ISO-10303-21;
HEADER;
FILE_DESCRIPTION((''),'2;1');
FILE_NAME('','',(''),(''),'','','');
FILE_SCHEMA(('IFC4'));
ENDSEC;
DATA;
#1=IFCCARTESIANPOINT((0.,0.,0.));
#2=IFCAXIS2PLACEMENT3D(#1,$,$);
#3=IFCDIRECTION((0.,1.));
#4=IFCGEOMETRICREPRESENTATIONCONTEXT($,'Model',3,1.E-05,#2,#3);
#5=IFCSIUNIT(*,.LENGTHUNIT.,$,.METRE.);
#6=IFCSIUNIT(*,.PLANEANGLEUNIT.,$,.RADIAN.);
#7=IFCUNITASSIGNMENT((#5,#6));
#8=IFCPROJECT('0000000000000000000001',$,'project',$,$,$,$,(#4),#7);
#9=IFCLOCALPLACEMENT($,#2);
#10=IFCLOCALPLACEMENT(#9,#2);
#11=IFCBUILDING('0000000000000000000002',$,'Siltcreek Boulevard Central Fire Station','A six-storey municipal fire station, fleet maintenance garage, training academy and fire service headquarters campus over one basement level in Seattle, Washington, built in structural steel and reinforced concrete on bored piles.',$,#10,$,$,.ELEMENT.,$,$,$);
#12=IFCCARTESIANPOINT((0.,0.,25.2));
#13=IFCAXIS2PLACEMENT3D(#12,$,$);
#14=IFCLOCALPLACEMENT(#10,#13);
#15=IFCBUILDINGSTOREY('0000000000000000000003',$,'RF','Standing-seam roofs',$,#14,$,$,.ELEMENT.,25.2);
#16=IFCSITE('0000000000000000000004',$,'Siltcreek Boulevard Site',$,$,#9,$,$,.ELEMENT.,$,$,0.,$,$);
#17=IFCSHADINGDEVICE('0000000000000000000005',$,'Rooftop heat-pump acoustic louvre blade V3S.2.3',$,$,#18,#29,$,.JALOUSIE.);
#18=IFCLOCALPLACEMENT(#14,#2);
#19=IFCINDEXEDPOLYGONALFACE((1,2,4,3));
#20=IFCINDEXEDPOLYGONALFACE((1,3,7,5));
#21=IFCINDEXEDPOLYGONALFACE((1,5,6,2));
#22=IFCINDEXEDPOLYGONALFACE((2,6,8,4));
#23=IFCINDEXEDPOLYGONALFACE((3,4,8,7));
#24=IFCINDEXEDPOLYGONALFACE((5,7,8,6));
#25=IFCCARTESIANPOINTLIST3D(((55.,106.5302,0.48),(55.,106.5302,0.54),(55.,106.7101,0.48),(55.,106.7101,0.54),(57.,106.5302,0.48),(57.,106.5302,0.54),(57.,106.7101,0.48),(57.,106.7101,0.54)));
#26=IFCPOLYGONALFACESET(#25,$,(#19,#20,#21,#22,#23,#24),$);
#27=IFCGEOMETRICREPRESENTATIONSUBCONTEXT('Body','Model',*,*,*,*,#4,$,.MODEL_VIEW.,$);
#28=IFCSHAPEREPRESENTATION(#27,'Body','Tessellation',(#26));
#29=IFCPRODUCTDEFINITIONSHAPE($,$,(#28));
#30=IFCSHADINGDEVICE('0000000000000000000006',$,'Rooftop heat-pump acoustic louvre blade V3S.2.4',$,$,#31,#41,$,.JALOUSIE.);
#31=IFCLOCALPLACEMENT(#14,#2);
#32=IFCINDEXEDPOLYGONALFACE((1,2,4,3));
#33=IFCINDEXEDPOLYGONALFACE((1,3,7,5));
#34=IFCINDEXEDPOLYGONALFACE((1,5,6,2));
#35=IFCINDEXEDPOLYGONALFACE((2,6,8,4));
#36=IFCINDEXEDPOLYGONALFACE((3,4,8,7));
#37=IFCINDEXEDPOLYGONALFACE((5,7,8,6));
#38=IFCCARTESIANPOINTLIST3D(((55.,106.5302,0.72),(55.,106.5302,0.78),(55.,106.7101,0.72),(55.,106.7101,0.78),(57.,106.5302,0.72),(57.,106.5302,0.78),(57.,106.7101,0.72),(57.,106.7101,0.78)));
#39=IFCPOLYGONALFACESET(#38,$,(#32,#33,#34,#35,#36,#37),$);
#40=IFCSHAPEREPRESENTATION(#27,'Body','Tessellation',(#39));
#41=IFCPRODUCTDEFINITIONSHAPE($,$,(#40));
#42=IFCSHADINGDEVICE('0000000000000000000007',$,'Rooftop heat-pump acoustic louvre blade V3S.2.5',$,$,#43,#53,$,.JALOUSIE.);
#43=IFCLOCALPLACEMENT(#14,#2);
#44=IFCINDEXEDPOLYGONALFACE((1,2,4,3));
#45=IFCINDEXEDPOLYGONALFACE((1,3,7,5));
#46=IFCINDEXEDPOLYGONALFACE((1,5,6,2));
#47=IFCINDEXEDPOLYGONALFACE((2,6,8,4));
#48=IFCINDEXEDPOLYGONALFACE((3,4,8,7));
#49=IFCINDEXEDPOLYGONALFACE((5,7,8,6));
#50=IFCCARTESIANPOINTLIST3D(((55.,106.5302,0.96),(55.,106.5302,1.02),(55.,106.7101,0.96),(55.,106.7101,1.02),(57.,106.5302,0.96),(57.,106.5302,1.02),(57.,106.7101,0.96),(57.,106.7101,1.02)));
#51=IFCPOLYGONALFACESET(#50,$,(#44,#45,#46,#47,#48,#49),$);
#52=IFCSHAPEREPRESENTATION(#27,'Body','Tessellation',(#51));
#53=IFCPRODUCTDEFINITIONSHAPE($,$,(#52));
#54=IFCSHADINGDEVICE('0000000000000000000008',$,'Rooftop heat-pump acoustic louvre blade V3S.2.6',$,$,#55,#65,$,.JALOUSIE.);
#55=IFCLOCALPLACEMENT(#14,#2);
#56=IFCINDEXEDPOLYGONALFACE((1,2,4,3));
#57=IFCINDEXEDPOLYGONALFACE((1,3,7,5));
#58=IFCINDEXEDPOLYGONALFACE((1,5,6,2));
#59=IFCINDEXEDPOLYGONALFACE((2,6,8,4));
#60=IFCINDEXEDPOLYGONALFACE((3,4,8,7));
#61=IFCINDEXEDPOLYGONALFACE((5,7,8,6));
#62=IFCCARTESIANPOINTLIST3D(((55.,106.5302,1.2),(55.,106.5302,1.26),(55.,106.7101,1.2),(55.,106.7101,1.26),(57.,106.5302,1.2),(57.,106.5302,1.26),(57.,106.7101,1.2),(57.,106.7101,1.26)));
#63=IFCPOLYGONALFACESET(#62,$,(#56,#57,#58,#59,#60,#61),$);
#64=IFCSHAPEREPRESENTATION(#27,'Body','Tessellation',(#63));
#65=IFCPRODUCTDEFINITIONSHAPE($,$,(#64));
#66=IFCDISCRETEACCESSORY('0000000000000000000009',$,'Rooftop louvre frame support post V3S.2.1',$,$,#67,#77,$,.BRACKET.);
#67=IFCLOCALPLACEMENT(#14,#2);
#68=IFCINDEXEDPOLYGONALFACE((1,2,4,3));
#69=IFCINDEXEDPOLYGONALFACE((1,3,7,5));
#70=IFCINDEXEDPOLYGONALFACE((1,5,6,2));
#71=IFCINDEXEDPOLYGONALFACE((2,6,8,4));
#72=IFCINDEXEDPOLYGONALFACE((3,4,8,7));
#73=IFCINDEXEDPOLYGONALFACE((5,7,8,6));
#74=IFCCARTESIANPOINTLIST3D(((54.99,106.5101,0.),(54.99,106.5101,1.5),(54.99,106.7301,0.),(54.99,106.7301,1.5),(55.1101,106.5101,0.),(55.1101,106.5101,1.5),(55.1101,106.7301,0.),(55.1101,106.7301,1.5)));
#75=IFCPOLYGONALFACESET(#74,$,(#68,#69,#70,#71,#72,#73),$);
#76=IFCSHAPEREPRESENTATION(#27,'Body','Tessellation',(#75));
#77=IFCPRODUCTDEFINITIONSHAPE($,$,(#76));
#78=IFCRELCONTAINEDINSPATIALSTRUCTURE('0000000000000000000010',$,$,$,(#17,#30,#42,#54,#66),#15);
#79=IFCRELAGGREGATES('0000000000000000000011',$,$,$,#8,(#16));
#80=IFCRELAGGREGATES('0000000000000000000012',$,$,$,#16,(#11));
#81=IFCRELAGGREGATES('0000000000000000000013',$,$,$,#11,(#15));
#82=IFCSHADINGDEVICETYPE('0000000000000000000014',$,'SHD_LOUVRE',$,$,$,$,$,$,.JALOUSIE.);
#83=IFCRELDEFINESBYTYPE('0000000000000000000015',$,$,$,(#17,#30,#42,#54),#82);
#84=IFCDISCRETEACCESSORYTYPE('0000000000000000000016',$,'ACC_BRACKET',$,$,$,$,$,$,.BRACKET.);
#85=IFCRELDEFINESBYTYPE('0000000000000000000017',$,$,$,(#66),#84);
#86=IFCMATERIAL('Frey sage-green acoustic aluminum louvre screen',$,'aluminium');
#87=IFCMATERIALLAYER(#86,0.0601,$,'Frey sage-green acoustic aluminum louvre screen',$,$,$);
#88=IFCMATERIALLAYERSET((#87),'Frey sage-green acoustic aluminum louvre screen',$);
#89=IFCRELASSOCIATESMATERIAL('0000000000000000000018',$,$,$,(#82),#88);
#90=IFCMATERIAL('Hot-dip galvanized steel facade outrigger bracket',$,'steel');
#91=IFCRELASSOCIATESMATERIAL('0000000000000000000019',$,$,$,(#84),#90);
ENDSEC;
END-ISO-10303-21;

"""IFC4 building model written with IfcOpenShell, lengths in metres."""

from ifc_helpers import new_model, si_unit, direction, frame, origin, origin_2d, place, context, subcontext, project, spatial, rectangle, extrude, material, layer, layer_set, type_object, element, save


model = new_model("IFC4")

# Units and contexts
model_context = context("Model", 3, precision=1e-05, world=origin(), true_north=direction((0.0, 1.0)))
body_context = subcontext(model_context, "Body", "Model", "MODEL_VIEW")
ifc_project = project(units=[si_unit("LENGTHUNIT", "METRE"), si_unit("PLANEANGLEUNIT", "RADIAN")], contexts=[model_context])

# Site, building, storey
site_placement = place(None, origin())
site = spatial("IfcSite", under=ifc_project, at=site_placement, Name="Siltcreek Boulevard Site", CompositionType="ELEMENT", RefElevation=0.0)
building_placement = place(site_placement, origin())
building = spatial("IfcBuilding", under=site, at=building_placement, Name="Siltcreek Boulevard Central Fire Station", Description="A six-storey municipal fire station, fleet maintenance garage, training academy and fire service headquarters campus over one basement level in Seattle, Washington, built in structural steel and reinforced concrete on bored piles.", CompositionType="ELEMENT")
storey_placement = place(building_placement, frame((0.0, 0.0, 25.2)))
storey = spatial("IfcBuildingStorey", under=building, at=storey_placement, Name="RF", Description="Standing-seam roofs", CompositionType="ELEMENT", Elevation=25.2)

# Shading devices
ifc_material_1 = material(Name="Frey sage-green acoustic aluminum louvre screen", Category="aluminium")
ifc_layer_1 = layer(ifc_material_1, 0.0601, Name="Frey sage-green acoustic aluminum louvre screen")
ifc_layer_set_1 = layer_set([ifc_layer_1], Name="Frey sage-green acoustic aluminum louvre screen")
shading_device_type = type_object("IfcShadingDeviceType", Name="SHD_LOUVRE", PredefinedType="JALOUSIE", material=ifc_layer_set_1)
for number, where, z_axis, x_axis, name in (
    (1, (56.0, 106.6201, 0.48), (0.0, 0.0, 1.0), (1.0, 0.0, 0.0), "Rooftop heat-pump acoustic louvre blade V3S.2.3"),
    (2, (56.0, 106.6201, 0.72), (0.0, 0.0, 1.0), (1.0, 0.0, 0.0), "Rooftop heat-pump acoustic louvre blade V3S.2.4"),
    (3, (56.0, 106.6201, 0.96), (0.0, 0.0, 1.0), (1.0, 0.0, 0.0), "Rooftop heat-pump acoustic louvre blade V3S.2.5"),
    (4, (56.0, 106.6201, 1.2), (0.0, 0.0, 1.0), (1.0, 0.0, 0.0), "Rooftop heat-pump acoustic louvre blade V3S.2.6"),
):
    element("IfcShadingDevice", number, at=place(storey_placement, frame(where, z_axis=z_axis, x_axis=x_axis)), inside=storey, type_object=shading_device_type, Name=name, PredefinedType="JALOUSIE", context=body_context, shape_type="SweptSolid", body=[
        extrude(rectangle(XDim=2.0, YDim=0.1799, at=origin_2d()), origin(), (0.0, 0.0, 1.0), 0.0601),
    ])

# Discrete accessory
ifc_material_2 = material(Name="Hot-dip galvanized steel facade outrigger bracket", Category="steel")
discrete_accessory_type = type_object("IfcDiscreteAccessoryType", Name="ACC_BRACKET", PredefinedType="BRACKET", material=ifc_material_2)
discrete_accessory_placement = place(storey_placement, frame((55.05, 106.6201, 0.0), z_axis=(0.0, 0.0, 1.0), x_axis=(1.0, 0.0, 0.0)))
element("IfcDiscreteAccessory", 5, at=discrete_accessory_placement, inside=storey, type_object=discrete_accessory_type, Name="Rooftop louvre frame support post V3S.2.1", PredefinedType="BRACKET", context=body_context, shape_type="SweptSolid", body=[
    extrude(rectangle(XDim=0.1201, YDim=0.22, at=origin_2d()), origin(), (0.0, 0.0, 1.0), 1.5),
])

save(model, "model.ifc")
